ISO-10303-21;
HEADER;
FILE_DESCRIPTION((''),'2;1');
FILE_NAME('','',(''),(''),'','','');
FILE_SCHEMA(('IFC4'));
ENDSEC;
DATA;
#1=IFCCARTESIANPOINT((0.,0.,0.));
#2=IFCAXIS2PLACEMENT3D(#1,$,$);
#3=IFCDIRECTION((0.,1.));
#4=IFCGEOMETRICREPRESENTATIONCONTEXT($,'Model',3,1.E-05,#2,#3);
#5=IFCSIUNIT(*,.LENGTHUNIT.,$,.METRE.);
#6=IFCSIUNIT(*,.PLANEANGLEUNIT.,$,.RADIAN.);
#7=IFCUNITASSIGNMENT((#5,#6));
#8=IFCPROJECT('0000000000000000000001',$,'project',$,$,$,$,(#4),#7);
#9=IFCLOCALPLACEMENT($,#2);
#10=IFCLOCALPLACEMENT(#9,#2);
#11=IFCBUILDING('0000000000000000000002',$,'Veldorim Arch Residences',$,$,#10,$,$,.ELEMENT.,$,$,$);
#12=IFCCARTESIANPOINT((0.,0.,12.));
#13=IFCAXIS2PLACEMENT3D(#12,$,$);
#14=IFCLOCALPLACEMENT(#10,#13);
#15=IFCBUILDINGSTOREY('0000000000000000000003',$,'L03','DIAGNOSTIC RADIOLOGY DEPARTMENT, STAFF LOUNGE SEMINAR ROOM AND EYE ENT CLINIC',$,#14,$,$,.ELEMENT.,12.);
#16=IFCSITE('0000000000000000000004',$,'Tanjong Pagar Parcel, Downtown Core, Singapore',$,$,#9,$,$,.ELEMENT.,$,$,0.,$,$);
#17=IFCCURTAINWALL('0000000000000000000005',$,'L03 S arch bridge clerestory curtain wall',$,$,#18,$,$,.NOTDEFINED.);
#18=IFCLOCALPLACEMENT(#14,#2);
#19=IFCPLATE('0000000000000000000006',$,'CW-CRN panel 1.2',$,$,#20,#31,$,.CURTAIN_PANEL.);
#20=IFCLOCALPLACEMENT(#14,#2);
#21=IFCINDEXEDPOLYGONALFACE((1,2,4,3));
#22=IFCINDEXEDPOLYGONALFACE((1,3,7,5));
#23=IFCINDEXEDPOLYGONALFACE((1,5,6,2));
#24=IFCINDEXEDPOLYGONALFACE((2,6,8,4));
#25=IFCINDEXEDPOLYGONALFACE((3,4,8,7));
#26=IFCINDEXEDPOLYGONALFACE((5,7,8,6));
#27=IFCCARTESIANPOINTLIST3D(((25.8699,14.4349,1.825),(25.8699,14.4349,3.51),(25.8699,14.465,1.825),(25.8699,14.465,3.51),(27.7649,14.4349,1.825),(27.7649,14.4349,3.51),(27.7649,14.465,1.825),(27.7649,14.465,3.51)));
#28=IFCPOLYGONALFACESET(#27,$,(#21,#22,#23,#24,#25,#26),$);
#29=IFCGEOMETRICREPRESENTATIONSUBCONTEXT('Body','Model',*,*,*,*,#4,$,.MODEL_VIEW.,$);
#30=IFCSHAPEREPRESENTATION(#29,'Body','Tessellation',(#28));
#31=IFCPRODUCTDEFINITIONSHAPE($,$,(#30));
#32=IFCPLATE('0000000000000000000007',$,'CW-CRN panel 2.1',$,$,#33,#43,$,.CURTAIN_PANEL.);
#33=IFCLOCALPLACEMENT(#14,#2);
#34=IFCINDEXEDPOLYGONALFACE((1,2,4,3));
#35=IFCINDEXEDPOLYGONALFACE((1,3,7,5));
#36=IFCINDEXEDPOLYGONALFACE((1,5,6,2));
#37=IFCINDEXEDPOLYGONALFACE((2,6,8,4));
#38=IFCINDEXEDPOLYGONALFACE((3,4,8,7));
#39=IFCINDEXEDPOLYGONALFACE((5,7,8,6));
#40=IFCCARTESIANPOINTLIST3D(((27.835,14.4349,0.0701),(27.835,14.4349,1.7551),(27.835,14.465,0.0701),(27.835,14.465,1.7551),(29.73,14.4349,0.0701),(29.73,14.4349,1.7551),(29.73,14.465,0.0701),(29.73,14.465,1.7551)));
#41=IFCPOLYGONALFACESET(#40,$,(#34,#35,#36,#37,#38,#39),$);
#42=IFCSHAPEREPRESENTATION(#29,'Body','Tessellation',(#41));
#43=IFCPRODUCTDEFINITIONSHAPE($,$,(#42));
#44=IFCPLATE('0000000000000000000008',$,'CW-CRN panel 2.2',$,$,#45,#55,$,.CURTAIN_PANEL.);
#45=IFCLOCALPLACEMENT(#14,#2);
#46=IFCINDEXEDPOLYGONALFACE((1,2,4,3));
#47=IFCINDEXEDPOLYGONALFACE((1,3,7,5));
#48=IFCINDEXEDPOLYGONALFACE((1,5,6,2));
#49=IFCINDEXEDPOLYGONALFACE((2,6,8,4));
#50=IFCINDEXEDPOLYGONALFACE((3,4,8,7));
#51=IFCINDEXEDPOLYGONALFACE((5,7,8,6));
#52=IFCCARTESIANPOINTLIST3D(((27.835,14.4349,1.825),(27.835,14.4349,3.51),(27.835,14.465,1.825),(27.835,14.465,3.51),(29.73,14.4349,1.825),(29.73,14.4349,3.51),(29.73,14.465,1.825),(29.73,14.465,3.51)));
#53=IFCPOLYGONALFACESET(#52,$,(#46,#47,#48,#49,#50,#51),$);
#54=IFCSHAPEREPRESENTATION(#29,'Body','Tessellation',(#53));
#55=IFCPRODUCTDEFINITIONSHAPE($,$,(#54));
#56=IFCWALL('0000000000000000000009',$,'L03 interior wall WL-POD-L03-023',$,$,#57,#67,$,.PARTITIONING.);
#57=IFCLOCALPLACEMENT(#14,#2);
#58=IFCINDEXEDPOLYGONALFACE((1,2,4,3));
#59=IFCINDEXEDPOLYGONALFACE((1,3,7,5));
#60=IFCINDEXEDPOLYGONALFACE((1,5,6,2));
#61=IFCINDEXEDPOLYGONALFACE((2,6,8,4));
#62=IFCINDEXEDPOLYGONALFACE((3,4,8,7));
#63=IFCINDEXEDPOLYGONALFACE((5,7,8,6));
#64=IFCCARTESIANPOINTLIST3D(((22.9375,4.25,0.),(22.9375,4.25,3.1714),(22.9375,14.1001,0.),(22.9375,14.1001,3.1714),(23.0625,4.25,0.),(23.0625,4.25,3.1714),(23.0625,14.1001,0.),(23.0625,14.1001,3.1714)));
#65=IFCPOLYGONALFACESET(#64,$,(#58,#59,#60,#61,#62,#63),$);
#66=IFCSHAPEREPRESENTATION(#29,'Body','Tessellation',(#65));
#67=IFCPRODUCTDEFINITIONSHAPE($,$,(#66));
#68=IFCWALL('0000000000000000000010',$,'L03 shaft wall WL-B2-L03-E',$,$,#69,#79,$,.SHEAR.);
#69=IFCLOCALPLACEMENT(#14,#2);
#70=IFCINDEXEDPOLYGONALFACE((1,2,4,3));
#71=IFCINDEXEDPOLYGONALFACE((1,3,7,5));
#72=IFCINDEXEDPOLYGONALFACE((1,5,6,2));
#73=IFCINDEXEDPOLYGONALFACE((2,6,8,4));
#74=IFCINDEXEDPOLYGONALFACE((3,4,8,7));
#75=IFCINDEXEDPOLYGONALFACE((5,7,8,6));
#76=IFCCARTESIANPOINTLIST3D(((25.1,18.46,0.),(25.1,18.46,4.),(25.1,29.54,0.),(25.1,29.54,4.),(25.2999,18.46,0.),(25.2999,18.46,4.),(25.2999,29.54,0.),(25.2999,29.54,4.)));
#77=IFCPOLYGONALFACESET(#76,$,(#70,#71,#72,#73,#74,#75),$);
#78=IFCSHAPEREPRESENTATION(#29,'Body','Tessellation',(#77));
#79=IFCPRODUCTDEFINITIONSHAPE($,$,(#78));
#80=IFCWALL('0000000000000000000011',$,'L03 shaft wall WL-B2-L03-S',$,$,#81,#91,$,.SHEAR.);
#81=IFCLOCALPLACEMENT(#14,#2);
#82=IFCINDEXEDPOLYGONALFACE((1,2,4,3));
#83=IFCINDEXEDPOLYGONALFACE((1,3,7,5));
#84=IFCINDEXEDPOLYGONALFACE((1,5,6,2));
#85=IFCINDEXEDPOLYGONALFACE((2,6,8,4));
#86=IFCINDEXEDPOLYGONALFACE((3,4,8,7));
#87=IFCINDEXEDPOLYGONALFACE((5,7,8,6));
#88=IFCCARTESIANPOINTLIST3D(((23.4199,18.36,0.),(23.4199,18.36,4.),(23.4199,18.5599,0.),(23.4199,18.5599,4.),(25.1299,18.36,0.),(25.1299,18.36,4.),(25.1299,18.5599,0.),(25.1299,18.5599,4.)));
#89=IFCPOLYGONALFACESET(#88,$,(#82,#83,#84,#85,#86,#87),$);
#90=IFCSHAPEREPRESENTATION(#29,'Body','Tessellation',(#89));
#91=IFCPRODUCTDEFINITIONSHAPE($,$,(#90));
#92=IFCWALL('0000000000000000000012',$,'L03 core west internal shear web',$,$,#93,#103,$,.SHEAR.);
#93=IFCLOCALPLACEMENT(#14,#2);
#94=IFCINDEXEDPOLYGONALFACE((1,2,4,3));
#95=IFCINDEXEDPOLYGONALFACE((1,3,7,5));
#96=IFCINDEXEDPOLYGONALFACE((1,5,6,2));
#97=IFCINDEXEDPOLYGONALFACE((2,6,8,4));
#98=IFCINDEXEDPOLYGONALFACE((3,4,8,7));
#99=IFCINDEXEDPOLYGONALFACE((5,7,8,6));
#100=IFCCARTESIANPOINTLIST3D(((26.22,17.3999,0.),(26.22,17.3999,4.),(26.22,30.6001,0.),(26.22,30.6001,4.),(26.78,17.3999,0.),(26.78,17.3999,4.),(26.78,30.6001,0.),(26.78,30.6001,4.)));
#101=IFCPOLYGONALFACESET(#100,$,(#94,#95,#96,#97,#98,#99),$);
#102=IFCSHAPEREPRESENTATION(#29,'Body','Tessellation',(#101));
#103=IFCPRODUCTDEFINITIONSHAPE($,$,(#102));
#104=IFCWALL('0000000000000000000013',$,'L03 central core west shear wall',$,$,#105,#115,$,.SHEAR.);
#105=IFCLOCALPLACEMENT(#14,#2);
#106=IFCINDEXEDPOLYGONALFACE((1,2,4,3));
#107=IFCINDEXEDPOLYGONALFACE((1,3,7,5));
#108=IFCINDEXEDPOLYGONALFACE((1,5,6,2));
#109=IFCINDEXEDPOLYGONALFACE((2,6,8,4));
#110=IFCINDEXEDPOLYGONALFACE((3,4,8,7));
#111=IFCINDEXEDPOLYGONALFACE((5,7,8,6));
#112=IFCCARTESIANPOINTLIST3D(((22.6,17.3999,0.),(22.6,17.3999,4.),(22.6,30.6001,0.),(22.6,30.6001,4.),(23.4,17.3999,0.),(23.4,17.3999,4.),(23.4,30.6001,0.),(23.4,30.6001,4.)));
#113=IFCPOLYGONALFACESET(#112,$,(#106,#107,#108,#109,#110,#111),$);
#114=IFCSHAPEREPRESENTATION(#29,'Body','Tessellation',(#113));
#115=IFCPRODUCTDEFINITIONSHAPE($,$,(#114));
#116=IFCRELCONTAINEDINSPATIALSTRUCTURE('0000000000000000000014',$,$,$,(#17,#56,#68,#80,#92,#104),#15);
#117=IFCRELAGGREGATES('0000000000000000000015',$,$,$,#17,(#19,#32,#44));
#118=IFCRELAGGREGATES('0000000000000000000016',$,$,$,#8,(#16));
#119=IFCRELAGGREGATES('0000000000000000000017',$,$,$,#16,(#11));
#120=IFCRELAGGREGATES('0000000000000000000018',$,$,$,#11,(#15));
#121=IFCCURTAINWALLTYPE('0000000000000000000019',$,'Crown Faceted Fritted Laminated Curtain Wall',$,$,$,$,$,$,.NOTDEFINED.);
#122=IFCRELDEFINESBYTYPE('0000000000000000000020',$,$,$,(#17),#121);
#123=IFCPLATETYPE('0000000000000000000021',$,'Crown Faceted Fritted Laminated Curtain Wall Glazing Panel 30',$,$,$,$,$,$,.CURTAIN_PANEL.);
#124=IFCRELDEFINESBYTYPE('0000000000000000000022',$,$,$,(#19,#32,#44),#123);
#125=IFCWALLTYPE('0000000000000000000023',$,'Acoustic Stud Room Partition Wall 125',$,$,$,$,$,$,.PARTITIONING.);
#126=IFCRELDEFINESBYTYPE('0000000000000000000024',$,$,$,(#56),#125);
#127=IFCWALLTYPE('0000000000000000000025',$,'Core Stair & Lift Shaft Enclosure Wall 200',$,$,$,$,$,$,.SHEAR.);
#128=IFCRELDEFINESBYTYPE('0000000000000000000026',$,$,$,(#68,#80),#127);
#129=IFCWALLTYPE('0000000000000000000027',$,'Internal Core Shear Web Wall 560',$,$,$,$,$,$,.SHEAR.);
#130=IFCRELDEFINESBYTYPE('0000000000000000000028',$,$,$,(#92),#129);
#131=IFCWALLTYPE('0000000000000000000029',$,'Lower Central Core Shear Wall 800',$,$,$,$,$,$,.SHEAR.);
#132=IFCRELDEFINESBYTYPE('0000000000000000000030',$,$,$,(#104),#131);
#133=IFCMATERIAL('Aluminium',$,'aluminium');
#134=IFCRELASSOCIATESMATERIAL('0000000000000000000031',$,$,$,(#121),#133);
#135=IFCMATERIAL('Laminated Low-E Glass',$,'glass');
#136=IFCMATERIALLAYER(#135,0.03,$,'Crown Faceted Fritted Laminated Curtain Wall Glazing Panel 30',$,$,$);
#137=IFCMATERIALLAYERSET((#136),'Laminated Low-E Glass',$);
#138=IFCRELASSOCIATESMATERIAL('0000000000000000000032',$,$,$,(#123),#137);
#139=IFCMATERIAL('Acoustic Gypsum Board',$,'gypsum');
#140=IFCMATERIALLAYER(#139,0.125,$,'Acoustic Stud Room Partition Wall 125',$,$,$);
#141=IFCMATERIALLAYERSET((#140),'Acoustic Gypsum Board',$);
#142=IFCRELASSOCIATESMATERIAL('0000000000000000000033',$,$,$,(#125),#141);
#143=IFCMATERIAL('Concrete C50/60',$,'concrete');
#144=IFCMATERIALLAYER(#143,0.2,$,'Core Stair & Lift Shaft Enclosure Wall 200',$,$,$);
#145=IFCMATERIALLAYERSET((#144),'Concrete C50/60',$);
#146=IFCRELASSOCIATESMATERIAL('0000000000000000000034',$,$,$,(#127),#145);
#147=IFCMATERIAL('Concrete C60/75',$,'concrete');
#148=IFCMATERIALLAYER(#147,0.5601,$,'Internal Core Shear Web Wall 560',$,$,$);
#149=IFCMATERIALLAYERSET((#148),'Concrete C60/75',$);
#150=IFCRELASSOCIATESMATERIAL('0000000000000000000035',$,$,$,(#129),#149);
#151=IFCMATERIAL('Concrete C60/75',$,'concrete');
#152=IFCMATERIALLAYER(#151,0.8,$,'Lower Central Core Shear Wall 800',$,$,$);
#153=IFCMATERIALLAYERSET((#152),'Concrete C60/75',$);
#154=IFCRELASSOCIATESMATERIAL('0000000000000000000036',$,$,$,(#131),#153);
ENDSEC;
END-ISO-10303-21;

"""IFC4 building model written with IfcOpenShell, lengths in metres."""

from ifc_helpers import new_model, si_unit, direction, frame, frame_2d, origin, origin_2d, place, context, subcontext, project, spatial, rectangle, extrude, material, layer, layer_set, type_object, element, aggregate, save


model = new_model("IFC4")

# Units and contexts
model_context = context("Model", 3, precision=1e-05, world=origin(), true_north=direction((0.0, 1.0)))
body_context = subcontext(model_context, "Body", "Model", "MODEL_VIEW")
ifc_project = project(units=[si_unit("LENGTHUNIT", "METRE"), si_unit("PLANEANGLEUNIT", "RADIAN")], contexts=[model_context])

# Site, building, storey
site_placement = place(None, origin())
site = spatial("IfcSite", under=ifc_project, at=site_placement, Name="Tanjong Pagar Parcel, Downtown Core, Singapore", CompositionType="ELEMENT", RefElevation=0.0)
building_placement = place(site_placement, origin())
building = spatial("IfcBuilding", under=site, at=building_placement, Name="Veldorim Arch Residences", CompositionType="ELEMENT")
storey_placement = place(building_placement, frame((0.0, 0.0, 12.0)))
storey = spatial("IfcBuildingStorey", under=building, at=storey_placement, Name="L03", Description="DIAGNOSTIC RADIOLOGY DEPARTMENT, STAFF LOUNGE SEMINAR ROOM AND EYE ENT CLINIC", CompositionType="ELEMENT", Elevation=12.0)

# Curtain wall
ifc_material_1 = material(Name="Aluminium", Category="aluminium")
curtain_wall_type = type_object("IfcCurtainWallType", Name="Crown Faceted Fritted Laminated Curtain Wall", PredefinedType="NOTDEFINED", material=ifc_material_1)
curtain_wall_placement = place(storey_placement, origin())
curtain_wall = element("IfcCurtainWall", 1, at=curtain_wall_placement, inside=storey, type_object=curtain_wall_type, Name="L03 S arch bridge clerestory curtain wall", PredefinedType="NOTDEFINED")

# Plates
ifc_material_2 = material(Name="Laminated Low-E Glass", Category="glass")
ifc_layer_1 = layer(ifc_material_2, 0.03, Name="Crown Faceted Fritted Laminated Curtain Wall Glazing Panel 30")
ifc_layer_set_1 = layer_set([ifc_layer_1], Name="Laminated Low-E Glass")
plate_type = type_object("IfcPlateType", Name="Crown Faceted Fritted Laminated Curtain Wall Glazing Panel 30", PredefinedType="CURTAIN_PANEL", material=ifc_layer_set_1)
plate_1_placement = place(storey_placement, frame((26.8174, 14.45, 1.825), z_axis=(0.0, 0.0, 1.0), x_axis=(1.0, 0.0, 0.0)))
plate_1 = element("IfcPlate", 2, at=plate_1_placement, type_object=plate_type, Name="CW-CRN panel 1.2", PredefinedType="CURTAIN_PANEL", context=body_context, shape_type="SweptSolid", body=[
    extrude(rectangle(XDim=1.895, YDim=0.03, at=origin_2d()), origin(), (0.0, 0.0, 1.0), 1.6851),
])
plate_2_placement = place(storey_placement, frame((28.7825, 14.45, 0.0701), z_axis=(0.0, 0.0, 1.0), x_axis=(1.0, 0.0, 0.0)))
plate_2 = element("IfcPlate", 3, at=plate_2_placement, type_object=plate_type, Name="CW-CRN panel 2.1", PredefinedType="CURTAIN_PANEL", context=body_context, shape_type="SweptSolid", body=[
    extrude(rectangle(XDim=1.895, YDim=0.03, at=origin_2d()), origin(), (0.0, 0.0, 1.0), 1.6851),
])
plate_3_placement = place(storey_placement, frame((28.7825, 14.45, 1.825), z_axis=(0.0, 0.0, 1.0), x_axis=(1.0, 0.0, 0.0)))
plate_3 = element("IfcPlate", 4, at=plate_3_placement, type_object=plate_type, Name="CW-CRN panel 2.2", PredefinedType="CURTAIN_PANEL", context=body_context, shape_type="SweptSolid", body=[
    extrude(rectangle(XDim=1.895, YDim=0.03, at=origin_2d()), origin(), (0.0, 0.0, 1.0), 1.6851),
])
aggregate(curtain_wall, [plate_1, plate_2, plate_3])

# Walls
ifc_material_3 = material(Name="Acoustic Gypsum Board", Category="gypsum")
ifc_layer_2 = layer(ifc_material_3, 0.125, Name="Acoustic Stud Room Partition Wall 125")
ifc_layer_set_2 = layer_set([ifc_layer_2], Name="Acoustic Gypsum Board")
wall_type_1 = type_object("IfcWallType", Name="Acoustic Stud Room Partition Wall 125", PredefinedType="PARTITIONING", material=ifc_layer_set_2)
wall_1_placement = place(storey_placement, frame((23.0, 14.1001, 0.0), z_axis=(0.0, 0.0, 1.0), x_axis=(0.0, -1.0, 0.0)))
element("IfcWall", 5, at=wall_1_placement, inside=storey, type_object=wall_type_1, Name="L03 interior wall WL-POD-L03-023", PredefinedType="PARTITIONING", context=body_context, shape_type="SweptSolid", body=[
    extrude(rectangle(XDim=9.8501, YDim=0.125, at=frame_2d((4.925, 0.0))), origin(), (0.0, 0.0, 1.0), 3.1714),
])
ifc_material_4 = material(Name="Concrete C50/60", Category="concrete")
ifc_layer_3 = layer(ifc_material_4, 0.2, Name="Core Stair & Lift Shaft Enclosure Wall 200")
ifc_layer_set_3 = layer_set([ifc_layer_3], Name="Concrete C50/60")
wall_type_2 = type_object("IfcWallType", Name="Core Stair & Lift Shaft Enclosure Wall 200", PredefinedType="SHEAR", material=ifc_layer_set_3)
wall_2_placement = place(storey_placement, frame((25.2, 18.46, 0.0), z_axis=(0.0, 0.0, 1.0), x_axis=(0.0, 1.0, 0.0)))
element("IfcWall", 6, at=wall_2_placement, inside=storey, type_object=wall_type_2, Name="L03 shaft wall WL-B2-L03-E", PredefinedType="SHEAR", context=body_context, shape_type="SweptSolid", body=[
    extrude(rectangle(XDim=11.0801, YDim=0.2, at=frame_2d((5.54, 0.0))), origin(), (0.0, 0.0, 1.0), 4.0),
])
wall_3_placement = place(storey_placement, frame((23.4199, 18.46, 0.0), z_axis=(0.0, 0.0, 1.0), x_axis=(1.0, 0.0, 0.0)))
element("IfcWall", 7, at=wall_3_placement, inside=storey, type_object=wall_type_2, Name="L03 shaft wall WL-B2-L03-S", PredefinedType="SHEAR", context=body_context, shape_type="SweptSolid", body=[
    extrude(rectangle(XDim=1.71, YDim=0.2, at=frame_2d((0.855, 0.0))), origin(), (0.0, 0.0, 1.0), 4.0),
])
ifc_material_5 = material(Name="Concrete C60/75", Category="concrete")
ifc_layer_4 = layer(ifc_material_5, 0.5601, Name="Internal Core Shear Web Wall 560")
ifc_layer_set_4 = layer_set([ifc_layer_4], Name="Concrete C60/75")
wall_type_3 = type_object("IfcWallType", Name="Internal Core Shear Web Wall 560", PredefinedType="SHEAR", material=ifc_layer_set_4)
wall_4_placement = place(storey_placement, frame((26.5, 17.3999, 0.0), z_axis=(0.0, 0.0, 1.0), x_axis=(0.0, 1.0, 0.0)))
element("IfcWall", 8, at=wall_4_placement, inside=storey, type_object=wall_type_3, Name="L03 core west internal shear web", PredefinedType="SHEAR", context=body_context, shape_type="SweptSolid", body=[
    extrude(rectangle(XDim=13.2002, YDim=0.5601, at=frame_2d((6.6001, 0.0))), origin(), (0.0, 0.0, 1.0), 4.0),
])
ifc_material_6 = material(Name="Concrete C60/75", Category="concrete")
ifc_layer_5 = layer(ifc_material_6, 0.8, Name="Lower Central Core Shear Wall 800")
ifc_layer_set_5 = layer_set([ifc_layer_5], Name="Concrete C60/75")
wall_type_4 = type_object("IfcWallType", Name="Lower Central Core Shear Wall 800", PredefinedType="SHEAR", material=ifc_layer_set_5)
wall_5_placement = place(storey_placement, frame((23.0, 17.3999, 0.0), z_axis=(0.0, 0.0, 1.0), x_axis=(0.0, 1.0, 0.0)))
element("IfcWall", 9, at=wall_5_placement, inside=storey, type_object=wall_type_4, Name="L03 central core west shear wall", PredefinedType="SHEAR", context=body_context, shape_type="SweptSolid", body=[
    extrude(rectangle(XDim=13.2002, YDim=0.8, at=frame_2d((6.6001, 0.0))), origin(), (0.0, 0.0, 1.0), 4.0),
])

save(model, "model.ifc")
